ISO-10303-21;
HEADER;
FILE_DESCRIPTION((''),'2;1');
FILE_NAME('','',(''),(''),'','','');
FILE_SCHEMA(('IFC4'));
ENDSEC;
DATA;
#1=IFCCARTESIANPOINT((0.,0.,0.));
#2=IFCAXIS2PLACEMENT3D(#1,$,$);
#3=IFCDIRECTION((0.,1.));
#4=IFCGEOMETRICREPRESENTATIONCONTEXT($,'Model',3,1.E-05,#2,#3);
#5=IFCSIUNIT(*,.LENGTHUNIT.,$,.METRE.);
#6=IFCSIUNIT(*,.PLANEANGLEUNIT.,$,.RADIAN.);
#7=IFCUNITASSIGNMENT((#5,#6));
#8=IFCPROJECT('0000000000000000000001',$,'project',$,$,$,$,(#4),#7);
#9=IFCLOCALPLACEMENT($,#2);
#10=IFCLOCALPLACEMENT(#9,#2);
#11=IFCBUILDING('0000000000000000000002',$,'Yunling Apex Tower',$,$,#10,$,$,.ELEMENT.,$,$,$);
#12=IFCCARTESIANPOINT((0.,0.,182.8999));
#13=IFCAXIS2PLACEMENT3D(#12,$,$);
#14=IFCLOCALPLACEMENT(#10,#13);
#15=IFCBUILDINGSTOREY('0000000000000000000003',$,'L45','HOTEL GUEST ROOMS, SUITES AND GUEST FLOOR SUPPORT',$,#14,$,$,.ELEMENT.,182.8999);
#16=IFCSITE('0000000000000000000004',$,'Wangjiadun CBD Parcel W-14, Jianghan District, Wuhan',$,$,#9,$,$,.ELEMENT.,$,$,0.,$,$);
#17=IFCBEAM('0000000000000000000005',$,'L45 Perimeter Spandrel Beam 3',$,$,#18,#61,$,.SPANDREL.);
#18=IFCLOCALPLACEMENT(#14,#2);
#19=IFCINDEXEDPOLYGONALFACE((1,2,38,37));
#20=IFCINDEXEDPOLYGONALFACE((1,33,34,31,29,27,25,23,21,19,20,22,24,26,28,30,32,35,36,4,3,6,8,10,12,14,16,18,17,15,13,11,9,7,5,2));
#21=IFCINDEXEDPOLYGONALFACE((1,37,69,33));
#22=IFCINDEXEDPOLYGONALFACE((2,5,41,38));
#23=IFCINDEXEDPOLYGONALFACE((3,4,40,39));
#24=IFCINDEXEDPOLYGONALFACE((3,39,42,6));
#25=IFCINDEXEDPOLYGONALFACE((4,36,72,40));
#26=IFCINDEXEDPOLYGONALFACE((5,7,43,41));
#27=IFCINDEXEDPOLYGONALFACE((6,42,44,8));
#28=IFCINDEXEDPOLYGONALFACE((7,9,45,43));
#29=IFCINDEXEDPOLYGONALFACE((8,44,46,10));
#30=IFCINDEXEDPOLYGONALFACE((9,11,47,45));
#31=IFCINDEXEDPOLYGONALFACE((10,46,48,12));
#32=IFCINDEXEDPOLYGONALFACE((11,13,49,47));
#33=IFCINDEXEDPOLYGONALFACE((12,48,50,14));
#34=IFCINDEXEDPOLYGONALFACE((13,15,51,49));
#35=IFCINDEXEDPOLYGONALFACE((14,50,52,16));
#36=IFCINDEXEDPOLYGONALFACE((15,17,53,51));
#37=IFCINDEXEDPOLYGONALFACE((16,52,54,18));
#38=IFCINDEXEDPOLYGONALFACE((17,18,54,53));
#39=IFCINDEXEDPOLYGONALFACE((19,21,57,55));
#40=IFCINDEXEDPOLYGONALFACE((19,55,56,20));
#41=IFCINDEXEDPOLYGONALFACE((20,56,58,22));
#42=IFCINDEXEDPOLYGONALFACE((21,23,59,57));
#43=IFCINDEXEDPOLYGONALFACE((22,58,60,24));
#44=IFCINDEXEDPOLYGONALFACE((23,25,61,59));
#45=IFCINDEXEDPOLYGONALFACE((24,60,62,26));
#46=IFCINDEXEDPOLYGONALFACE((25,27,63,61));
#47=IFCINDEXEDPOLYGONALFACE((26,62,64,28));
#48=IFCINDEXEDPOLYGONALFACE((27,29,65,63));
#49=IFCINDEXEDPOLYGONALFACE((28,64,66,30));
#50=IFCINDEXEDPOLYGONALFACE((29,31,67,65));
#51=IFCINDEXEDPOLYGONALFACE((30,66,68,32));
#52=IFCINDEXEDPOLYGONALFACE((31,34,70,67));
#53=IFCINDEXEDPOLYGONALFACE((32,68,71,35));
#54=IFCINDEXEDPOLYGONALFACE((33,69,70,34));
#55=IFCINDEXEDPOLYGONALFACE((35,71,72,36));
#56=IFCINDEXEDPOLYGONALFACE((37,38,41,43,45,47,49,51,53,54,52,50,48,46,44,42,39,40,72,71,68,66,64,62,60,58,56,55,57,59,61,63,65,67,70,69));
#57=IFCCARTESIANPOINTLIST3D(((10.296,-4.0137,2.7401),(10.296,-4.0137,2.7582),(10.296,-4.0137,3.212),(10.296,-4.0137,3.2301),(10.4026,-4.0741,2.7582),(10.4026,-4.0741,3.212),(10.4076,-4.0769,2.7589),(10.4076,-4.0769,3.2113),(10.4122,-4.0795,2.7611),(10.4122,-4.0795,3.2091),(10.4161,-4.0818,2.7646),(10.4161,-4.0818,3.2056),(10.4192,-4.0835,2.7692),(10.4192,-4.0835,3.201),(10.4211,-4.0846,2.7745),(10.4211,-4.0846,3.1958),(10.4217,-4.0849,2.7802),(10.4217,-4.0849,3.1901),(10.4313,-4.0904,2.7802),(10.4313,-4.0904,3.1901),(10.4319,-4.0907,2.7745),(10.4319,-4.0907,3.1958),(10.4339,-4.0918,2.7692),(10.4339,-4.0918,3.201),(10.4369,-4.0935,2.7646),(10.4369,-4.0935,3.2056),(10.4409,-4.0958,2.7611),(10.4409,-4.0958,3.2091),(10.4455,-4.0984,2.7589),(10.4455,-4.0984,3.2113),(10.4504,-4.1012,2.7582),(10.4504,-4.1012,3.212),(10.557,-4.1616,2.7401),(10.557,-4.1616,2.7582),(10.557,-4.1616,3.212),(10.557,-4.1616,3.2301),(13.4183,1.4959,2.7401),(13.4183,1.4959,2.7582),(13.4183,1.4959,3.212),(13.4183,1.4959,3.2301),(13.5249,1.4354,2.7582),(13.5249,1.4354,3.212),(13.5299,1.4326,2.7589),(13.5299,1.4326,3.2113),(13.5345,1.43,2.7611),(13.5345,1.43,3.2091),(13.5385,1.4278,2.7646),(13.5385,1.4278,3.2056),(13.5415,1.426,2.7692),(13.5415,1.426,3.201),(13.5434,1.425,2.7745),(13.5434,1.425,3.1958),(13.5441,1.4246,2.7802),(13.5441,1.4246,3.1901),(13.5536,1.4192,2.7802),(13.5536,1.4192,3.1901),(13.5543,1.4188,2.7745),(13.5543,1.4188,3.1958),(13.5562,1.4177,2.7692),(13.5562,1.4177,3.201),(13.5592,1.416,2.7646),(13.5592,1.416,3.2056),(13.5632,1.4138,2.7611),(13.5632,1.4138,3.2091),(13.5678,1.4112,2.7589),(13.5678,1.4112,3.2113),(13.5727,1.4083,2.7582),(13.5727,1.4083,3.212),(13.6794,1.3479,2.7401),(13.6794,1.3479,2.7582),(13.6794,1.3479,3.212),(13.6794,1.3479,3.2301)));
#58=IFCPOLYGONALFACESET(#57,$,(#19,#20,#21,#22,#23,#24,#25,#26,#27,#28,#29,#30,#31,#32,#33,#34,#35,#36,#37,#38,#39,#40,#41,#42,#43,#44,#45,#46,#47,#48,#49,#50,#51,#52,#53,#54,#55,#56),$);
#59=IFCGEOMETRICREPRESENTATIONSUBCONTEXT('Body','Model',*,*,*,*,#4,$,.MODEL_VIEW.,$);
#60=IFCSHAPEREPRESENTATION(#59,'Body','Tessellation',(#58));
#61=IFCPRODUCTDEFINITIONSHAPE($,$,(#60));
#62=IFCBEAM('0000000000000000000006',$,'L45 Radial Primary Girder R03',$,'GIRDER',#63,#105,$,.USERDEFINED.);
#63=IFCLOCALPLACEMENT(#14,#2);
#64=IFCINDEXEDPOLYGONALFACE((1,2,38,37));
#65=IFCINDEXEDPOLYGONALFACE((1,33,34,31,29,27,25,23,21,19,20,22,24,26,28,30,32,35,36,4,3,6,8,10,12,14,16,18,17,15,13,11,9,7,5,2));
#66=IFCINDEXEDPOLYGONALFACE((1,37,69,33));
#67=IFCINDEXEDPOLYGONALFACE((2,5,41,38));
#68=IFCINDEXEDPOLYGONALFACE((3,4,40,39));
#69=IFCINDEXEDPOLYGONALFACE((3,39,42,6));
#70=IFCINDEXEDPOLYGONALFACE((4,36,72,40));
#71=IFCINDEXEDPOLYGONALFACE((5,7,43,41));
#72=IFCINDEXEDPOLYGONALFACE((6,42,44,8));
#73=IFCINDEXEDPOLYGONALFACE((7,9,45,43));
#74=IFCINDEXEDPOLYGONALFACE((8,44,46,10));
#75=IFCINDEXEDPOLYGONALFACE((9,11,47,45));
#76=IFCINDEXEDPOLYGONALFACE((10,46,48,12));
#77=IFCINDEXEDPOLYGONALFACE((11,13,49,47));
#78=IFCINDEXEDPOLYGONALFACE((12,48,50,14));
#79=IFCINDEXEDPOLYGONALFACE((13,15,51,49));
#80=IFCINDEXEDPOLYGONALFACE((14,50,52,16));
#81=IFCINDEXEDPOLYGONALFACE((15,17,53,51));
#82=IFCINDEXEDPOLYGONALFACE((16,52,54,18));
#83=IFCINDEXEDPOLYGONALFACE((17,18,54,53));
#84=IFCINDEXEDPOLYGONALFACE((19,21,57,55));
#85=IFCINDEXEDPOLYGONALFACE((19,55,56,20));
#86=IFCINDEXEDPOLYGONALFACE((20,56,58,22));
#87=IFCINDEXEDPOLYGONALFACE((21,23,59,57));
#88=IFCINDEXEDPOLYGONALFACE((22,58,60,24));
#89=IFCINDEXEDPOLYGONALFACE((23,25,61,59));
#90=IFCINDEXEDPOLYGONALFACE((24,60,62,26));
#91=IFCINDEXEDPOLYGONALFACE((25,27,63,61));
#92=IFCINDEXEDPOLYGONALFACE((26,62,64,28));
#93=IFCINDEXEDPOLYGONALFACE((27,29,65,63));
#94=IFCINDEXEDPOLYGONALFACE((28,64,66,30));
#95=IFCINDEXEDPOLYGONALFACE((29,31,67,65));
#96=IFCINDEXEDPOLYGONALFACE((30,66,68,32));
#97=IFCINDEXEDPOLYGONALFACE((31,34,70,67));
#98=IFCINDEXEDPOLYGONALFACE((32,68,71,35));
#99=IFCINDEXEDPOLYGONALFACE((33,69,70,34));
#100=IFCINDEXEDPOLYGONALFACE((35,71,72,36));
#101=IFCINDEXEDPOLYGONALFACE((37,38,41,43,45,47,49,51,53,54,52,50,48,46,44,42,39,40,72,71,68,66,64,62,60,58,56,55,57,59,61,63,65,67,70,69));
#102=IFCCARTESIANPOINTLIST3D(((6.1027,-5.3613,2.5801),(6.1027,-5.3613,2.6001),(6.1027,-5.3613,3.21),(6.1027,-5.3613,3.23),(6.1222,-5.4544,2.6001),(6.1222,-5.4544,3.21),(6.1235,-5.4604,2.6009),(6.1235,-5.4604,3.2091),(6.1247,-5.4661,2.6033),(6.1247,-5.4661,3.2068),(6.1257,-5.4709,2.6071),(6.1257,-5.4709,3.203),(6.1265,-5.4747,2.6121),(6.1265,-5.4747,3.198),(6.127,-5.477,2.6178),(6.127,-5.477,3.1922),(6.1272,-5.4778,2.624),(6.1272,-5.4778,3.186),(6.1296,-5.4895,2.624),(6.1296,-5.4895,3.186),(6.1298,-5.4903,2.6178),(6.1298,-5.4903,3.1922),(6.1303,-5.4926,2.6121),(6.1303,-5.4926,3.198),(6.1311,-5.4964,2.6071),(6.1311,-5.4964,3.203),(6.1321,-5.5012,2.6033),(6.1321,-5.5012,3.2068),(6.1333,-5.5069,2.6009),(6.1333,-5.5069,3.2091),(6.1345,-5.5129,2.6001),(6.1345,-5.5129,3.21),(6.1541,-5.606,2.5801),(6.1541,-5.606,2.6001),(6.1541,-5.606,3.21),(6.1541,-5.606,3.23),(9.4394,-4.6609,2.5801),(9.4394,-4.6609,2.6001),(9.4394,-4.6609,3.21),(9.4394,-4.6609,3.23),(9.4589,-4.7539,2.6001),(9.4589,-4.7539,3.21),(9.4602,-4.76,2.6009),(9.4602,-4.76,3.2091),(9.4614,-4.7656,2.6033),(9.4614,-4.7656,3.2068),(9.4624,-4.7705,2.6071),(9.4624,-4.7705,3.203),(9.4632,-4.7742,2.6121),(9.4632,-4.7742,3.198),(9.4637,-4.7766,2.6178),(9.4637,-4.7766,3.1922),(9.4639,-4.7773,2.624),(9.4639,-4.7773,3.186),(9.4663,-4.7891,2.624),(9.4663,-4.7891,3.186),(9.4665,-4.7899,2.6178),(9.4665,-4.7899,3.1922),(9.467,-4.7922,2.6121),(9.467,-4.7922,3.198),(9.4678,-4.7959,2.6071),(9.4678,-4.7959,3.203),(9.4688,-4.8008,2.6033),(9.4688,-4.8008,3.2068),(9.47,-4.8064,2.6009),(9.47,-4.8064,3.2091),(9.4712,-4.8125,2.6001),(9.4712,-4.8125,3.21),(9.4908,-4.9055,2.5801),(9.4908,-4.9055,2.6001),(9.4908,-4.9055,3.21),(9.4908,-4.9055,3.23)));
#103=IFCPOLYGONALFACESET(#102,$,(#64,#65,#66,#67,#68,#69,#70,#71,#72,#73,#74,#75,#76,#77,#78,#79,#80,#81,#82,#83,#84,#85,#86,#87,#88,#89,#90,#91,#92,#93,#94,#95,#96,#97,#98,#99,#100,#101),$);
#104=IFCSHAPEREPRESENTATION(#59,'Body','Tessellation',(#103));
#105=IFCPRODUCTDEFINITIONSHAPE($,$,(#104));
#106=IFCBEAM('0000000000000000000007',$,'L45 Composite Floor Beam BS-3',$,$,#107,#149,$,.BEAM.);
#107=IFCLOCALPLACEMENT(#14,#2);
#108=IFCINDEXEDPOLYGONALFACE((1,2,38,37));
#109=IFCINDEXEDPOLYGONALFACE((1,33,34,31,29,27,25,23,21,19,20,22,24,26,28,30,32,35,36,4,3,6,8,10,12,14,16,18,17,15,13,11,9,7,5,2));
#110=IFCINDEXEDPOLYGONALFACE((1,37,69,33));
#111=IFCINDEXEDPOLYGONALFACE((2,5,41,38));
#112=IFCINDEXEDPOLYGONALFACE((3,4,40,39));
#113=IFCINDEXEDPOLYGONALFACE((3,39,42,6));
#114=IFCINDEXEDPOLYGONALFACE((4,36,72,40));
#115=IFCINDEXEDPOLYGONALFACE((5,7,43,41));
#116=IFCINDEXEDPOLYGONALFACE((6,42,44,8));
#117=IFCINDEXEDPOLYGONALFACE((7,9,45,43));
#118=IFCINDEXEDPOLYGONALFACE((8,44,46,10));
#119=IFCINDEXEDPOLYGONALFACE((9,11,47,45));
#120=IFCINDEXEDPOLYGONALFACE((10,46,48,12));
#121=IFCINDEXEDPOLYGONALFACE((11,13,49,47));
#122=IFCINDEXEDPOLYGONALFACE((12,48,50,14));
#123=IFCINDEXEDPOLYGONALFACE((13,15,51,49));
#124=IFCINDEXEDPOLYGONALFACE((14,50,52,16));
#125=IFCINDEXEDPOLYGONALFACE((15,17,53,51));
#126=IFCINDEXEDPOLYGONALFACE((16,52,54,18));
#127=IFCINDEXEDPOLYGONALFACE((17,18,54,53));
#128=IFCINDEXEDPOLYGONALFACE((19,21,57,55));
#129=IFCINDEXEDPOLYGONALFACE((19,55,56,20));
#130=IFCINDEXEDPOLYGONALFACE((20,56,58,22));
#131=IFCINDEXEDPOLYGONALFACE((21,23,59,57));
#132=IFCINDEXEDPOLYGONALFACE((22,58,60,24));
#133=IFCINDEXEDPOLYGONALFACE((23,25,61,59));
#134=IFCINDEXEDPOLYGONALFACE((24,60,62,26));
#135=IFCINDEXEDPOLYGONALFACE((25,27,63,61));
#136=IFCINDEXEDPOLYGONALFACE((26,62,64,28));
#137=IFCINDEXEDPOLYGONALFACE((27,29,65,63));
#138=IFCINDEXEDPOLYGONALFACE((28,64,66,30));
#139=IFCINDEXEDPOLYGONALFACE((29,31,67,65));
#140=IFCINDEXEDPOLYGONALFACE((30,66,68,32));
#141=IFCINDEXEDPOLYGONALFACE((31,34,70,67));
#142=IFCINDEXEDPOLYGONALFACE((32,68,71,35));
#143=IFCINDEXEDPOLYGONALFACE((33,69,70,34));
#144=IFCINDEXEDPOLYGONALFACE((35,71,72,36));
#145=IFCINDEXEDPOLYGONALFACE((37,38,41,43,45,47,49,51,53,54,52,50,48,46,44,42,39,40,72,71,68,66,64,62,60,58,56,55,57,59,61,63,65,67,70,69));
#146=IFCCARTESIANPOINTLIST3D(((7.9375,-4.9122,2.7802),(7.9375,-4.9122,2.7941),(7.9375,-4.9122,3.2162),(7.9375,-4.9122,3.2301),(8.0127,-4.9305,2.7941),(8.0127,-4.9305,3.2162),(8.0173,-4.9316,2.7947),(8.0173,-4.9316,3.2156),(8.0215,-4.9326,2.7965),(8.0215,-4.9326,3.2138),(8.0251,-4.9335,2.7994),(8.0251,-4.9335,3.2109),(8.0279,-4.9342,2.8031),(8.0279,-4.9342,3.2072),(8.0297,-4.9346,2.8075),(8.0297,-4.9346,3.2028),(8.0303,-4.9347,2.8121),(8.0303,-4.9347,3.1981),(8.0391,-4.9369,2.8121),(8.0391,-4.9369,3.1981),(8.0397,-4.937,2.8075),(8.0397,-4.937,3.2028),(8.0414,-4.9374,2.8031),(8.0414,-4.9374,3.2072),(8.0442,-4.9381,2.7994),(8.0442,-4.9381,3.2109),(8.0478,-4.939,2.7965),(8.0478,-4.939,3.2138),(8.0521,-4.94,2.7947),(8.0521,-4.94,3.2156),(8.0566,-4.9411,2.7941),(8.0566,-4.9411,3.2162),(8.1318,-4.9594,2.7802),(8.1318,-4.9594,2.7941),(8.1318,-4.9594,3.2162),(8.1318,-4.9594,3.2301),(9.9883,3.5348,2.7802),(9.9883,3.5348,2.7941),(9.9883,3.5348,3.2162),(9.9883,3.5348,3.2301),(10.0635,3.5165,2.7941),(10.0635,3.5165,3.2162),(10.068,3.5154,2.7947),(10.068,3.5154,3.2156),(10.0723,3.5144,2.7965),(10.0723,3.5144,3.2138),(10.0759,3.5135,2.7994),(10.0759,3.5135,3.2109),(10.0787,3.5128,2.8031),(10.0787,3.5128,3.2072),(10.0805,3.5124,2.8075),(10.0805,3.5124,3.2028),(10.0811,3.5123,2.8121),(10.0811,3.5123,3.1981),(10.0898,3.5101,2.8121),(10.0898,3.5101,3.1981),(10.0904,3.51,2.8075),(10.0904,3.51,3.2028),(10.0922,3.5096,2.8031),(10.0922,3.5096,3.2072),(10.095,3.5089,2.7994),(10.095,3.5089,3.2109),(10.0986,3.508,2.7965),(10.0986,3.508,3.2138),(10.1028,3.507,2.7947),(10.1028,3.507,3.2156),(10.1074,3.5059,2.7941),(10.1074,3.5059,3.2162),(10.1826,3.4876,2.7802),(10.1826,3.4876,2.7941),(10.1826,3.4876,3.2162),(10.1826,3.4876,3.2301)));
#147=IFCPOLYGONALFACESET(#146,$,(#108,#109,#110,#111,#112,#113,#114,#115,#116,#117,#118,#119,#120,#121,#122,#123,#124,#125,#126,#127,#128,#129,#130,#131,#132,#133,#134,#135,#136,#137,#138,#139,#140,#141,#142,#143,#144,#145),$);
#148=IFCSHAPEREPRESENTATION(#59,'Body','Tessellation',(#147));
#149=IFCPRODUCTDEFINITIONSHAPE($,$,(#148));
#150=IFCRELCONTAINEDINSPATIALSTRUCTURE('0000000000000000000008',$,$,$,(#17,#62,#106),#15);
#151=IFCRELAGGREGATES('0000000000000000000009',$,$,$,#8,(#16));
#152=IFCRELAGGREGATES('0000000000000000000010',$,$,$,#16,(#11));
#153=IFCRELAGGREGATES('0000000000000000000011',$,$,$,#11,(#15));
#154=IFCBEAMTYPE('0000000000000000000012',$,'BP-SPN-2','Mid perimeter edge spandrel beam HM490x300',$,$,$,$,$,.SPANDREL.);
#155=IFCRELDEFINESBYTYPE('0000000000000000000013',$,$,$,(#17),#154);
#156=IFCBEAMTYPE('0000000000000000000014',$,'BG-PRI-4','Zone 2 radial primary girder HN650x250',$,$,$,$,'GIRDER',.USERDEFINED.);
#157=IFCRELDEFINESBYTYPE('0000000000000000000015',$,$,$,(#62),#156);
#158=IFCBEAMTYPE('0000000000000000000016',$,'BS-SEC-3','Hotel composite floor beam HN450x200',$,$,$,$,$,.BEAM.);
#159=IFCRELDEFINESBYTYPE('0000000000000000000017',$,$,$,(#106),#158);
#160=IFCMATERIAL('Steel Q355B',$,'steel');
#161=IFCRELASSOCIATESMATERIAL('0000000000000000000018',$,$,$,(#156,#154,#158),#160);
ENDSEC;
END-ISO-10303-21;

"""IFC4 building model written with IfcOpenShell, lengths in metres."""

from ifc_helpers import new_model, si_unit, direction, frame, origin, origin_2d, place, context, subcontext, project, spatial, i_section, extrude, source, transform, mapped, material, material_profile, profile_set, type_object, element, save


model = new_model("IFC4")

# Units and contexts
model_context = context("Model", 3, precision=1e-05, world=origin(), true_north=direction((0.0, 1.0)))
body_context = subcontext(model_context, "Body", "Model", "MODEL_VIEW")
ifc_project = project(units=[si_unit("LENGTHUNIT", "METRE"), si_unit("PLANEANGLEUNIT", "RADIAN")], contexts=[model_context])

# Site, building, storey
site_placement = place(None, origin())
site = spatial("IfcSite", under=ifc_project, at=site_placement, Name="Wangjiadun CBD Parcel W-14, Jianghan District, Wuhan", CompositionType="ELEMENT", RefElevation=0.0)
building_placement = place(site_placement, origin())
building = spatial("IfcBuilding", under=site, at=building_placement, Name="Yunling Apex Tower", CompositionType="ELEMENT")
storey_placement = place(building_placement, frame((0.0, 0.0, 182.8999)))
storey = spatial("IfcBuildingStorey", under=building, at=storey_placement, Name="L45", Description="HOTEL GUEST ROOMS, SUITES AND GUEST FLOOR SUPPORT", CompositionType="ELEMENT", Elevation=182.8999)

# Beams
ifc_material_1 = material(Name="Steel Q355B", Category="steel")
ifc_material_profile_1 = material_profile(ifc_material_1, i_section(OverallWidth=0.25, OverallDepth=0.6499, WebThickness=0.012, FlangeThickness=0.02, FilletRadius=0.0239, at=origin_2d()))
ifc_profile_set_1 = profile_set([ifc_material_profile_1], Name="Steel Q355B")
beam_type_1 = type_object("IfcBeamType", Name="BG-PRI-4", Description="Zone 2 radial primary girder HN650x250", ElementType="GIRDER", PredefinedType="USERDEFINED", material=ifc_profile_set_1)
ifc_material_profile_2 = material_profile(ifc_material_1, i_section(OverallWidth=0.3, OverallDepth=0.49, WebThickness=0.011, FlangeThickness=0.0181, FilletRadius=0.022, at=origin_2d()))
ifc_profile_set_2 = profile_set([ifc_material_profile_2], Name="Steel Q355B")
beam_type_2 = type_object("IfcBeamType", Name="BP-SPN-2", Description="Mid perimeter edge spandrel beam HM490x300", PredefinedType="SPANDREL", material=ifc_profile_set_2)
shared_shape_1 = source(origin(), body_context, "Body", "SweptSolid", [
    extrude(i_section(OverallWidth=0.3, OverallDepth=0.49, WebThickness=0.011, FlangeThickness=0.0181, FilletRadius=0.022, at=origin_2d()), origin(), (0.0, 0.0, 1.0), 6.3328),
])
beam_1_placement = place(storey_placement, frame((10.4265, -4.0876, 2.9851), z_axis=(0.493043, 0.870005, 0.0), x_axis=(-0.870005, 0.493043, 0.0)))
element("IfcBeam", 1, at=beam_1_placement, inside=storey, type_object=beam_type_2, Name="L45 Perimeter Spandrel Beam 3", PredefinedType="SPANDREL", context=body_context, shape_type="MappedRepresentation", body=[
    mapped(shared_shape_1, transform((0.0, 0.0, 0.0), scale=1.0)),
])
shared_shape_2 = source(origin(), body_context, "Body", "SweptSolid", [
    extrude(i_section(OverallWidth=0.25, OverallDepth=0.6499, WebThickness=0.012, FlangeThickness=0.02, FilletRadius=0.0239, at=origin_2d()), origin(), (0.0, 0.0, 1.0), 3.4094),
])
beam_2_placement = place(storey_placement, frame((9.4651, -4.7832, 2.905), z_axis=(-0.978669, -0.205444, 0.0), x_axis=(0.205444, -0.978669, 0.0)))
element("IfcBeam", 2, at=beam_2_placement, inside=storey, type_object=beam_type_1, Name="L45 Radial Primary Girder R03", ObjectType="GIRDER", PredefinedType="USERDEFINED", context=body_context, shape_type="MappedRepresentation", body=[
    mapped(shared_shape_2, transform((0.0, 0.0, 0.0), scale=1.0)),
])
ifc_material_profile_3 = material_profile(ifc_material_1, i_section(OverallWidth=0.2, OverallDepth=0.45, WebThickness=0.009, FlangeThickness=0.0139, FilletRadius=0.0181, at=origin_2d()))
ifc_profile_set_3 = profile_set([ifc_material_profile_3], Name="Steel Q355B")
beam_type_3 = type_object("IfcBeamType", Name="BS-SEC-3", Description="Hotel composite floor beam HN450x200", PredefinedType="BEAM", material=ifc_profile_set_3)
shared_shape_3 = source(origin(), body_context, "Body", "SweptSolid", [
    extrude(i_section(OverallWidth=0.2, OverallDepth=0.45, WebThickness=0.009, FlangeThickness=0.0139, FilletRadius=0.0181, at=origin_2d()), origin(), (0.0, 0.0, 1.0), 8.6924),
])
beam_3_placement = place(storey_placement, frame((8.0347, -4.9358, 3.0051), z_axis=(0.235928, 0.971771, 0.0), x_axis=(-0.971771, 0.235928, 0.0)))
element("IfcBeam", 3, at=beam_3_placement, inside=storey, type_object=beam_type_3, Name="L45 Composite Floor Beam BS-3", PredefinedType="BEAM", context=body_context, shape_type="MappedRepresentation", body=[
    mapped(shared_shape_3, transform((0.0, 0.0, 0.0), scale=1.0)),
])

save(model, "model.ifc")
